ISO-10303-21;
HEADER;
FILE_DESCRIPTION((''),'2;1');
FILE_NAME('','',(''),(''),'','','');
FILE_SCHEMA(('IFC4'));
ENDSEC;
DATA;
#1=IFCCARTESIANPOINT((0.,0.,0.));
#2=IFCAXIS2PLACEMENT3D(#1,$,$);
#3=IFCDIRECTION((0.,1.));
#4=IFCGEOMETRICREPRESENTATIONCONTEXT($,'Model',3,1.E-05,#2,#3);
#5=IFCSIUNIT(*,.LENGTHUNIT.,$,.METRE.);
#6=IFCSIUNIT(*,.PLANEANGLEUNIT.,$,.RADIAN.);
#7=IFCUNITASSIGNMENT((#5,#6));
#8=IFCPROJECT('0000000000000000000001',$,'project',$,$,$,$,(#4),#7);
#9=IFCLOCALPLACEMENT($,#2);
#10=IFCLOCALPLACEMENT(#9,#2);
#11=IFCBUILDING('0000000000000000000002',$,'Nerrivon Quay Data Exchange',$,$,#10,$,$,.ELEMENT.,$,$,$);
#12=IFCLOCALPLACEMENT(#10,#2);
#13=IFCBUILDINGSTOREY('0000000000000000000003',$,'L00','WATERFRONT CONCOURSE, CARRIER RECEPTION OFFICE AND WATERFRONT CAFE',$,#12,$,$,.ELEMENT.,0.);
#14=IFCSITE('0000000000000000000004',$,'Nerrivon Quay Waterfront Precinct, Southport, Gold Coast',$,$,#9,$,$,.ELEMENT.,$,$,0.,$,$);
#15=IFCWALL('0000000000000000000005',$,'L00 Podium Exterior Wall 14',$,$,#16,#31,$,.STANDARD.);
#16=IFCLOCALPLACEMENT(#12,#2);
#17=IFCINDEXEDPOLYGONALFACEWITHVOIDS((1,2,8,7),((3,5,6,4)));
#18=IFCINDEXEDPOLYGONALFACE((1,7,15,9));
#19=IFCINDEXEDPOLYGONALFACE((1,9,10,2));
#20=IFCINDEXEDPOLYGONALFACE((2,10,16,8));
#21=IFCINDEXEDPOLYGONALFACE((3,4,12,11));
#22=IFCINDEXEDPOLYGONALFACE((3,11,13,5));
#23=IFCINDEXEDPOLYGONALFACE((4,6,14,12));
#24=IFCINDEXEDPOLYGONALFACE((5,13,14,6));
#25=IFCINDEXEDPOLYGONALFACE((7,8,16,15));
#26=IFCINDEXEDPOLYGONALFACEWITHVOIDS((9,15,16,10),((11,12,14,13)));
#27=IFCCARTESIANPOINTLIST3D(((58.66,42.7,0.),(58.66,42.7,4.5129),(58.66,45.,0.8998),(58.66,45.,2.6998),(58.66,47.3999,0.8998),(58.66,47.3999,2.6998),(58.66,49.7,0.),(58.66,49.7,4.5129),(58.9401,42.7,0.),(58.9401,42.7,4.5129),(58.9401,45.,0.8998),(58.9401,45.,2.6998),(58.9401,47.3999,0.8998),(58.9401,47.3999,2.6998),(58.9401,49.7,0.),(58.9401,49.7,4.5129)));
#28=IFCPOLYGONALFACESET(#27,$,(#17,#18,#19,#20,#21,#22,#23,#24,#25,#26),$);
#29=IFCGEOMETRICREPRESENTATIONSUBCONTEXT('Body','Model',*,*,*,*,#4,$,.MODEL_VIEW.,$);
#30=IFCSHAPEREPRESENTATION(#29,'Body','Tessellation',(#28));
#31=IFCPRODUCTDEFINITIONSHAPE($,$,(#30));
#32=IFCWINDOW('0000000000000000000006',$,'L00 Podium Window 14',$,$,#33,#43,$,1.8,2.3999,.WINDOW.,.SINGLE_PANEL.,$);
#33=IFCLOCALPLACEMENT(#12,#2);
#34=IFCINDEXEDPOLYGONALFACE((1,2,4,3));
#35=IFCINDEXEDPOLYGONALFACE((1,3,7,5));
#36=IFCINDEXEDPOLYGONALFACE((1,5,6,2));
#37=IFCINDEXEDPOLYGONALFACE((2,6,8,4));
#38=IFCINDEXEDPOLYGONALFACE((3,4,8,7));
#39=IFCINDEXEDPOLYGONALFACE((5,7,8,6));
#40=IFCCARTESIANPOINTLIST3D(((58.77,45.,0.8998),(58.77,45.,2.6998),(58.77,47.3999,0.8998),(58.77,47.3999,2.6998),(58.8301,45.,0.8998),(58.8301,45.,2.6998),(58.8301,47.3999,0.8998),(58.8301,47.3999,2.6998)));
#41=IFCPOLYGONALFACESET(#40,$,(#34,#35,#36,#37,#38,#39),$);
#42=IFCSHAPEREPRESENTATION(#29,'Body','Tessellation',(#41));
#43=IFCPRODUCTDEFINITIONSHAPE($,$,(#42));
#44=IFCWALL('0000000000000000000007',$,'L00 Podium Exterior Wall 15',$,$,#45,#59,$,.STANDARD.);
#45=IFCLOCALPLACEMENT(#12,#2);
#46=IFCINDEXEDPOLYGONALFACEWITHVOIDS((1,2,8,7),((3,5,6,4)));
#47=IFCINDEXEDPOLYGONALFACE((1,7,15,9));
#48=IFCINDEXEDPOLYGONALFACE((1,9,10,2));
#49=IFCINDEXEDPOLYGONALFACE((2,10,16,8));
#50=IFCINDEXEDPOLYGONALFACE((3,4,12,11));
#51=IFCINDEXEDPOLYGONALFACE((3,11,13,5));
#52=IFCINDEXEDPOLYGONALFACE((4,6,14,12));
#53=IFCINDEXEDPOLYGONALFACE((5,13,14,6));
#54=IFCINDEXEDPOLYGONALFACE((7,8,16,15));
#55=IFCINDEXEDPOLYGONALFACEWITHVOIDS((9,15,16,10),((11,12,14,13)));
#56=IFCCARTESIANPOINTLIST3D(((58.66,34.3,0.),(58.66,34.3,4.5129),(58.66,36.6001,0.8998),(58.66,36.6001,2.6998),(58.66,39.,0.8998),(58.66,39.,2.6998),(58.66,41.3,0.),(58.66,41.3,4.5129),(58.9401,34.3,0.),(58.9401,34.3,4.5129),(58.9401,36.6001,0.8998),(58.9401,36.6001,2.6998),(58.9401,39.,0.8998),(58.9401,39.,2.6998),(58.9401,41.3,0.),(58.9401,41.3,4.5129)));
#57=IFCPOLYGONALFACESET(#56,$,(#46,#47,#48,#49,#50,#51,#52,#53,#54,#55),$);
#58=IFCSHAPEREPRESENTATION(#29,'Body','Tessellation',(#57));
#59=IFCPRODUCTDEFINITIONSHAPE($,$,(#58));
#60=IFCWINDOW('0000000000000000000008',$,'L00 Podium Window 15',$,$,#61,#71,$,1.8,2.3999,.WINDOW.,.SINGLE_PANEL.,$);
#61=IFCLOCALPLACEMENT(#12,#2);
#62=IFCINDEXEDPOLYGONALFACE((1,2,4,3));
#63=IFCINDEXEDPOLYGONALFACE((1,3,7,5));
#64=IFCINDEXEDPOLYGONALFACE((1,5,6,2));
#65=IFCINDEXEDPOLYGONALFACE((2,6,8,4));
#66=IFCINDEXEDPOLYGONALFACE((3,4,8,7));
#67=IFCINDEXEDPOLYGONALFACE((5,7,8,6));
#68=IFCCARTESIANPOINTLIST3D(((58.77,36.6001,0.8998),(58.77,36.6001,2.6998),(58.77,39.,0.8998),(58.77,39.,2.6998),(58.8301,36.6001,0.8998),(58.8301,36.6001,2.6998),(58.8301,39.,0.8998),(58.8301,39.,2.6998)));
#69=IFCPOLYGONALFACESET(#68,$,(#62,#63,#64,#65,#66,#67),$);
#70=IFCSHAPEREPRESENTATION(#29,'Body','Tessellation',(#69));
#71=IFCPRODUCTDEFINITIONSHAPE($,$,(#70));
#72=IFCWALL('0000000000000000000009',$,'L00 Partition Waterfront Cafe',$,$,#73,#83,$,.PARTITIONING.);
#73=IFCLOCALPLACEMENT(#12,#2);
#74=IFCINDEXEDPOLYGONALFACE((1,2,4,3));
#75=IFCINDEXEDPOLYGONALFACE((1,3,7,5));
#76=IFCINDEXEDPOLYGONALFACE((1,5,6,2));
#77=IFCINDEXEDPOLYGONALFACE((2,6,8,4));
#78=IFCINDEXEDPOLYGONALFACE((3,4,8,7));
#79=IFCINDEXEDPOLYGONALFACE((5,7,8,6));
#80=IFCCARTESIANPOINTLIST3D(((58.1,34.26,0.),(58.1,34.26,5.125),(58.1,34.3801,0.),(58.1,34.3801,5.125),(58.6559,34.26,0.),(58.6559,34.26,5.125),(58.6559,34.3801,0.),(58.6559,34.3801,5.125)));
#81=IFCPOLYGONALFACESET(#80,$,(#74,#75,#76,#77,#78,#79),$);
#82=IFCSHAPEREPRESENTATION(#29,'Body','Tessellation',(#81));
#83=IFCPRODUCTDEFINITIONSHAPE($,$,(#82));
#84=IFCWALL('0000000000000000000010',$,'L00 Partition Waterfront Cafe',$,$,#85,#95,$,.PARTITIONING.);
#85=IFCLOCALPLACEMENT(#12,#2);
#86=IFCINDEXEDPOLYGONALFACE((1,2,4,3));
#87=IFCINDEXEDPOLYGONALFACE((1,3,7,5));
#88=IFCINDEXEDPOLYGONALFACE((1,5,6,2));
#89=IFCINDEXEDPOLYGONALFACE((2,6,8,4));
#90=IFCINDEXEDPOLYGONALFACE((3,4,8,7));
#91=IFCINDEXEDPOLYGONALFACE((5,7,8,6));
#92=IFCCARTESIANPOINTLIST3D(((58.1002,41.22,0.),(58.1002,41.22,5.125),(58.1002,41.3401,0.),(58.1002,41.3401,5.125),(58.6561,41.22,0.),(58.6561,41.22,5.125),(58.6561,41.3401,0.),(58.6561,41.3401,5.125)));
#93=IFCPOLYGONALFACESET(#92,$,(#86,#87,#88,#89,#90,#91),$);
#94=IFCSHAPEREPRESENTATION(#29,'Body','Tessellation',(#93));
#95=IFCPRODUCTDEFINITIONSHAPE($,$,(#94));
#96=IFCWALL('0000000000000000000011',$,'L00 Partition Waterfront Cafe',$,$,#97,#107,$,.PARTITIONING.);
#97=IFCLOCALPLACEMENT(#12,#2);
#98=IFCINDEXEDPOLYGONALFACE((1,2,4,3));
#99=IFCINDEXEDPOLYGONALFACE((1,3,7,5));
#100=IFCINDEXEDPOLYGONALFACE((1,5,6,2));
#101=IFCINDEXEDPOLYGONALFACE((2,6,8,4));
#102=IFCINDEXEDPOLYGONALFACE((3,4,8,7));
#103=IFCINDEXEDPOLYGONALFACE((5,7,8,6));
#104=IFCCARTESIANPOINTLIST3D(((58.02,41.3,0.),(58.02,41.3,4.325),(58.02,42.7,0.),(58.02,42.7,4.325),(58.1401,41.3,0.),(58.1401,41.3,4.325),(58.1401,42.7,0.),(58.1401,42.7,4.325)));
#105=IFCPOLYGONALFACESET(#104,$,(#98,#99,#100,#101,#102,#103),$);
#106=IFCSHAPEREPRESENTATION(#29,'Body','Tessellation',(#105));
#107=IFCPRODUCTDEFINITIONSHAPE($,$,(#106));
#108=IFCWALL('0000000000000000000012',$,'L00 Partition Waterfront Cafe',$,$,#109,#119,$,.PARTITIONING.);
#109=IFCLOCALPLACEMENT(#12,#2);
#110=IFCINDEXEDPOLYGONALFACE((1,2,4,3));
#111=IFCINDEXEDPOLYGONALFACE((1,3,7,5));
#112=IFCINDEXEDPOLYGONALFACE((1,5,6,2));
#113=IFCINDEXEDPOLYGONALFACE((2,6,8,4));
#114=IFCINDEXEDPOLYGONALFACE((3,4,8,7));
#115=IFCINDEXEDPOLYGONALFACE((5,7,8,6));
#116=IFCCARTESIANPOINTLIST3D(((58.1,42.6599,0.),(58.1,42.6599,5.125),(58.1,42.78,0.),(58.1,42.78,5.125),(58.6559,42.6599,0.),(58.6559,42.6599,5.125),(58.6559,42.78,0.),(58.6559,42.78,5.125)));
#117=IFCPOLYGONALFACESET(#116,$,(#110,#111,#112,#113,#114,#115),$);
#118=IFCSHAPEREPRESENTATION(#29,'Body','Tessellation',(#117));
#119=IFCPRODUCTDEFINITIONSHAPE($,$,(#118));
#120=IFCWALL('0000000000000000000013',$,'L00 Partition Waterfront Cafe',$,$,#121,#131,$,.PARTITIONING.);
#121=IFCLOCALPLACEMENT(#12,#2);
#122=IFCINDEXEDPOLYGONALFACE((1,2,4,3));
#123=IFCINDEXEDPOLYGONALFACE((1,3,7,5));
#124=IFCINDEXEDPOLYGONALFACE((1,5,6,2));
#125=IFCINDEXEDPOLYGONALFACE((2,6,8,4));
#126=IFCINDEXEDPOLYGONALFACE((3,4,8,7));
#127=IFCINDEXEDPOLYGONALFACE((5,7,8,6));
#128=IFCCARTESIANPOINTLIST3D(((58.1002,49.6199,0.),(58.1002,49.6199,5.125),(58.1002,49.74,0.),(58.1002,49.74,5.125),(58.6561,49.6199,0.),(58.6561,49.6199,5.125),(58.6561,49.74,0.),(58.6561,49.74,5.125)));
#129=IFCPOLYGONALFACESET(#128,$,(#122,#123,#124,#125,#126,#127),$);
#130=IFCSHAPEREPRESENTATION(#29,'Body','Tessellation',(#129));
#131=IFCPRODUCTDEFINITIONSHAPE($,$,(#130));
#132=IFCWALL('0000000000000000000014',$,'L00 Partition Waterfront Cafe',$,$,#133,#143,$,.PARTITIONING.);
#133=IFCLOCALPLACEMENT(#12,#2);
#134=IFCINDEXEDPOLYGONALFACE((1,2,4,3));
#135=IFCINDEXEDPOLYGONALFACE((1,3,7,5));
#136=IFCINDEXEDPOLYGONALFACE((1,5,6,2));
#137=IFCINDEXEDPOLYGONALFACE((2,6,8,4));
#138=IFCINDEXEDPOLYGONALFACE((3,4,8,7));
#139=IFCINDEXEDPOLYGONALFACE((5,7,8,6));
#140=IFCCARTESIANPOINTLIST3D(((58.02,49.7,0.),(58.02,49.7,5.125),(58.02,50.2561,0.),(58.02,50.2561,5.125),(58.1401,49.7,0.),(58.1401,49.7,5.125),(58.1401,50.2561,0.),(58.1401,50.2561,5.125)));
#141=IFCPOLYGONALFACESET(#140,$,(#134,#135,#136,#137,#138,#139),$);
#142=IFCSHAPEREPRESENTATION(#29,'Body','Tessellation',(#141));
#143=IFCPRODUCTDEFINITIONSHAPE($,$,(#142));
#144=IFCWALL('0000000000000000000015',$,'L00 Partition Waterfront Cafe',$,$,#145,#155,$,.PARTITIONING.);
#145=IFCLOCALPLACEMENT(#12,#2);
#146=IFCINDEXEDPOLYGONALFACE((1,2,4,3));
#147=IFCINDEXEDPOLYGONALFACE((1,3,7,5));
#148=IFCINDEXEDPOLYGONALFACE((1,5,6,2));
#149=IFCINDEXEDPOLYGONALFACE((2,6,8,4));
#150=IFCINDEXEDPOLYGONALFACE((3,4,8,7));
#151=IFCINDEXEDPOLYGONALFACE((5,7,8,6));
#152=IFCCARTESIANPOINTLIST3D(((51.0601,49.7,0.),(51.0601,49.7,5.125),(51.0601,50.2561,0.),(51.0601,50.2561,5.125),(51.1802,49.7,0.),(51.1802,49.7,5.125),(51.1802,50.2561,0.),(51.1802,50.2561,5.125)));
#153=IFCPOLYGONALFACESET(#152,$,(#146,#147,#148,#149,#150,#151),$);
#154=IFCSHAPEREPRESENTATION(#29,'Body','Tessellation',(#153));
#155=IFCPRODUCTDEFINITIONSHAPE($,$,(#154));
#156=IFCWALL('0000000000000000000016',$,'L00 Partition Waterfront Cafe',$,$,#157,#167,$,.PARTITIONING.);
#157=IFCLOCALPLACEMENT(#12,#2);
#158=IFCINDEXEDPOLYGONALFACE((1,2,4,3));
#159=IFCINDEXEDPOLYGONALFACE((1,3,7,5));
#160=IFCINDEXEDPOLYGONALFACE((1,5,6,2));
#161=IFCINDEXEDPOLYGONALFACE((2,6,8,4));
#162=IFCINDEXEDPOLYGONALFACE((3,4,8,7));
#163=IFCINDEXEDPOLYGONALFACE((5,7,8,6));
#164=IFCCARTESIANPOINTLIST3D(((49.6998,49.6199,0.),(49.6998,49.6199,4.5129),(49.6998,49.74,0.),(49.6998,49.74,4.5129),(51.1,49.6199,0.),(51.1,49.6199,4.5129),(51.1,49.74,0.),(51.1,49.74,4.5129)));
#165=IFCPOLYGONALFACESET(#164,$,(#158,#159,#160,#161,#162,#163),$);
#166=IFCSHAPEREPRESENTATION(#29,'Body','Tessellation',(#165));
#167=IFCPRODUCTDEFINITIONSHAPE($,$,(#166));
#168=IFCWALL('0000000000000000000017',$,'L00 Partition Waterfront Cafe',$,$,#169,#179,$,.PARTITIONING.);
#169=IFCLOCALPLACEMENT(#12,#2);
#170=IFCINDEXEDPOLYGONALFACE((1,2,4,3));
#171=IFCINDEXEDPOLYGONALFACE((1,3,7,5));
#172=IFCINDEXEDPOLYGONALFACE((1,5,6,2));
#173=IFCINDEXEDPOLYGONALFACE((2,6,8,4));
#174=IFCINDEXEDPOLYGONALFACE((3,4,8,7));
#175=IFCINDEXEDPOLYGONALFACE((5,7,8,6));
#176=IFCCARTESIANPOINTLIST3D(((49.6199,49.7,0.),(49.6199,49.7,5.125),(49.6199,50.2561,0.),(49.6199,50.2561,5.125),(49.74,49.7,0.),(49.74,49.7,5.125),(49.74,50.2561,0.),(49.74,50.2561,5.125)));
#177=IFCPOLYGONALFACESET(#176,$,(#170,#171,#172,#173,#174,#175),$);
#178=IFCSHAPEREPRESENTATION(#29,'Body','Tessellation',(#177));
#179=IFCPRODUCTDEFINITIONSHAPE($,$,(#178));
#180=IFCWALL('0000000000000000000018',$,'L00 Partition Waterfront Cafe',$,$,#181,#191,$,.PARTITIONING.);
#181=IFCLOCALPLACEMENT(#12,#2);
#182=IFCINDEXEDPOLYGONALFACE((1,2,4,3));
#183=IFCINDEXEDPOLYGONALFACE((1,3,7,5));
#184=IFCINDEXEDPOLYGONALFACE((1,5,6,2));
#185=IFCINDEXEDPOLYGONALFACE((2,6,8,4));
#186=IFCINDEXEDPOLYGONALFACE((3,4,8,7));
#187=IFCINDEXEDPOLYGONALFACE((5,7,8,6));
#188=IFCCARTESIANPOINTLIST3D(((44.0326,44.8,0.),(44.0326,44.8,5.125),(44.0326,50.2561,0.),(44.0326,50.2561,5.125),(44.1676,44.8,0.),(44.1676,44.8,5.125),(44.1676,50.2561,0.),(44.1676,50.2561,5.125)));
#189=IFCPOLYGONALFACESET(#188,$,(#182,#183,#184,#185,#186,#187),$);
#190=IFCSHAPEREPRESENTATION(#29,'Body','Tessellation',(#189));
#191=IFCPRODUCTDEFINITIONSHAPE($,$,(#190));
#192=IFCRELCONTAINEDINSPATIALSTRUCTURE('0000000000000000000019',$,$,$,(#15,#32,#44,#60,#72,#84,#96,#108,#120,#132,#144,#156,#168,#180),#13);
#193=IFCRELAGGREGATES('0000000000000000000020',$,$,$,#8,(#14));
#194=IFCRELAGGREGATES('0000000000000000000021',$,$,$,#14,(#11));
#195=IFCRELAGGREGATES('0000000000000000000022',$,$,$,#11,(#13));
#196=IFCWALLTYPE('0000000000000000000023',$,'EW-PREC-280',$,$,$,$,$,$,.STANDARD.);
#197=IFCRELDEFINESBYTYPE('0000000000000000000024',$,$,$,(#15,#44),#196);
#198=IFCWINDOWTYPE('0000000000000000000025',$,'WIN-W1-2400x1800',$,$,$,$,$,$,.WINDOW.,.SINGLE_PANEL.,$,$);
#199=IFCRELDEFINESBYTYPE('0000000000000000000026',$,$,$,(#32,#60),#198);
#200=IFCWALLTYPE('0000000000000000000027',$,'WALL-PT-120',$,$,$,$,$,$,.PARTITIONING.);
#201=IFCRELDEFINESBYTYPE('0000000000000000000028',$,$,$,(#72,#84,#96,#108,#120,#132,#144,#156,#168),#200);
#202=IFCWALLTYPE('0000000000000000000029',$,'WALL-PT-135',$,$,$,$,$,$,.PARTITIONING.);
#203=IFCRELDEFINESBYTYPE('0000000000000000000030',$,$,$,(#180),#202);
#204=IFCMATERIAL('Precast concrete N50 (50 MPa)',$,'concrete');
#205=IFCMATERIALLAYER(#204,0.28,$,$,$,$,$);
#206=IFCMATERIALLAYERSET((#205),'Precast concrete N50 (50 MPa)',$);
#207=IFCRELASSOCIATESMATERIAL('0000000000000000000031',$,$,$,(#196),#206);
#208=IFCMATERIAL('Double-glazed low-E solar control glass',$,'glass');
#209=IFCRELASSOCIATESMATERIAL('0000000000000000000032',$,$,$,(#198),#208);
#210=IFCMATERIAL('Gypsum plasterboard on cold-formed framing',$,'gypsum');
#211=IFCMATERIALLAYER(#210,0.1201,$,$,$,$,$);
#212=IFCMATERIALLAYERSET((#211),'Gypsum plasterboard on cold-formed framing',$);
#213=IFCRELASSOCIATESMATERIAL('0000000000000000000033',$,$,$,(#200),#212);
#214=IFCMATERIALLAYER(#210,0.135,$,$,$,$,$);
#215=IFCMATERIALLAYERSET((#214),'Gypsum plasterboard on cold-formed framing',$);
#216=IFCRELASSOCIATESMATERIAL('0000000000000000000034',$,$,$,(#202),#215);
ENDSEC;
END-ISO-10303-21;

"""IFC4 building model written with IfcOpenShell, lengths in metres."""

from ifc_helpers import new_model, si_unit, direction, frame, frame_2d, origin, place, context, subcontext, project, spatial, rectangle, extrude, material, layer, layer_set, type_object, element, fill, save


model = new_model("IFC4")

# Units and contexts
model_context = context("Model", 3, precision=1e-05, world=origin(), true_north=direction((0.0, 1.0)))
body_context = subcontext(model_context, "Body", "Model", "MODEL_VIEW")
ifc_project = project(units=[si_unit("LENGTHUNIT", "METRE"), si_unit("PLANEANGLEUNIT", "RADIAN")], contexts=[model_context])

# Site, building, storey
site_placement = place(None, origin())
site = spatial("IfcSite", under=ifc_project, at=site_placement, Name="Nerrivon Quay Waterfront Precinct, Southport, Gold Coast", CompositionType="ELEMENT", RefElevation=0.0)
building_placement = place(site_placement, origin())
building = spatial("IfcBuilding", under=site, at=building_placement, Name="Nerrivon Quay Data Exchange", CompositionType="ELEMENT")
storey_placement = place(building_placement, origin())
storey = spatial("IfcBuildingStorey", under=building, at=storey_placement, Name="L00", Description="WATERFRONT CONCOURSE, CARRIER RECEPTION OFFICE AND WATERFRONT CAFE", CompositionType="ELEMENT", Elevation=0.0)

# Walls, openings, windows
ifc_material_1 = material(Name="Precast concrete N50 (50 MPa)", Category="concrete")
ifc_layer_1 = layer(ifc_material_1, 0.28)
ifc_layer_set_1 = layer_set([ifc_layer_1], Name="Precast concrete N50 (50 MPa)")
wall_type_1 = type_object("IfcWallType", Name="EW-PREC-280", PredefinedType="STANDARD", material=ifc_layer_set_1)
ifc_material_2 = material(Name="Double-glazed low-E solar control glass", Category="glass")
window_type = type_object("IfcWindowType", Name="WIN-W1-2400x1800", PartitioningType="SINGLE_PANEL", PredefinedType="WINDOW", material=ifc_material_2)
wall_1_placement = place(storey_placement, frame((58.8, 49.7, 0.0), z_axis=(0.0, 0.0, 1.0), x_axis=(0.0, -1.0, 0.0)))
wall_1 = element("IfcWall", 1, at=wall_1_placement, inside=storey, type_object=wall_type_1, Name="L00 Podium Exterior Wall 14", PredefinedType="STANDARD", context=body_context, shape_type="SweptSolid", body=[
    extrude(rectangle(XDim=7.0, YDim=0.28, at=frame_2d((3.5, 0.0))), origin(), (0.0, 0.0, 1.0), 4.5129),
])
opening_1_placement = place(wall_1_placement, frame((2.3, 0.0, 0.8999)))
opening_1 = element("IfcOpeningElement", 2, at=opening_1_placement, cuts=wall_1, PredefinedType="OPENING", context=body_context, shape_type="SweptSolid", body=[
    extrude(rectangle(XDim=2.3999, YDim=1.8, at=frame_2d((1.2, 0.8999))), frame((0.0, 0.1499, 0.0), z_axis=(0.0, -1.0, 0.0), x_axis=(1.0, 0.0, 0.0)), (0.0, 0.0, 1.0), 0.3),
])
window_1_placement = place(opening_1_placement, origin())
window_1 = element("IfcWindow", 3, at=window_1_placement, inside=storey, type_object=window_type, Name="L00 Podium Window 14", OverallHeight=1.8, OverallWidth=2.3999, PartitioningType="SINGLE_PANEL", PredefinedType="WINDOW", context=body_context, shape_type="SweptSolid", body=[
    extrude(rectangle(XDim=2.3999, YDim=1.8, at=frame_2d((1.2, 0.8999))), frame((0.0, 0.03, 0.0), z_axis=(0.0, -1.0, 0.0), x_axis=(1.0, 0.0, 0.0)), (0.0, 0.0, 1.0), 0.0601),
])
fill(opening_1, window_1)
wall_2_placement = place(storey_placement, frame((58.8, 41.3, 0.0), z_axis=(0.0, 0.0, 1.0), x_axis=(0.0, -1.0, 0.0)))
wall_2 = element("IfcWall", 4, at=wall_2_placement, inside=storey, type_object=wall_type_1, Name="L00 Podium Exterior Wall 15", PredefinedType="STANDARD", context=body_context, shape_type="SweptSolid", body=[
    extrude(rectangle(XDim=7.0, YDim=0.28, at=frame_2d((3.5, 0.0))), origin(), (0.0, 0.0, 1.0), 4.5129),
])
opening_2_placement = place(wall_2_placement, frame((2.3, 0.0, 0.8999)))
opening_2 = element("IfcOpeningElement", 5, at=opening_2_placement, cuts=wall_2, PredefinedType="OPENING", context=body_context, shape_type="SweptSolid", body=[
    extrude(rectangle(XDim=2.3999, YDim=1.8, at=frame_2d((1.2, 0.8999))), frame((0.0, 0.1499, 0.0), z_axis=(0.0, -1.0, 0.0), x_axis=(1.0, 0.0, 0.0)), (0.0, 0.0, 1.0), 0.3),
])
window_2_placement = place(opening_2_placement, origin())
window_2 = element("IfcWindow", 6, at=window_2_placement, inside=storey, type_object=window_type, Name="L00 Podium Window 15", OverallHeight=1.8, OverallWidth=2.3999, PartitioningType="SINGLE_PANEL", PredefinedType="WINDOW", context=body_context, shape_type="SweptSolid", body=[
    extrude(rectangle(XDim=2.3999, YDim=1.8, at=frame_2d((1.2, 0.8999))), frame((0.0, 0.03, 0.0), z_axis=(0.0, -1.0, 0.0), x_axis=(1.0, 0.0, 0.0)), (0.0, 0.0, 1.0), 0.0601),
])
fill(opening_2, window_2)

# Walls
ifc_material_3 = material(Name="Gypsum plasterboard on cold-formed framing", Category="gypsum")
ifc_layer_2 = layer(ifc_material_3, 0.1201)
ifc_layer_set_2 = layer_set([ifc_layer_2], Name="Gypsum plasterboard on cold-formed framing")
wall_type_2 = type_object("IfcWallType", Name="WALL-PT-120", PredefinedType="PARTITIONING", material=ifc_layer_set_2)
for number, where, z_axis, x_axis, name in (
    (7, (58.1001, 34.3201, 0.0), (0.0, 0.0, 1.0), (1.0, 0.0, 0.0), "L00 Partition Waterfront Cafe"),
    (8, (58.656, 41.28, 0.0), (0.0, 0.0, 1.0), (-1.0, 0.0, 0.0), "L00 Partition Waterfront Cafe"),
):
    element("IfcWall", number, at=place(storey_placement, frame(where, z_axis=z_axis, x_axis=x_axis)), inside=storey, type_object=wall_type_2, Name=name, PredefinedType="PARTITIONING", context=body_context, shape_type="SweptSolid", body=[
        extrude(rectangle(XDim=0.5559, YDim=0.1201, at=frame_2d((0.2778, 0.0))), origin(), (0.0, 0.0, 1.0), 5.125),
    ])
wall_3_placement = place(storey_placement, frame((58.0801, 41.3, 0.0), z_axis=(0.0, 0.0, 1.0), x_axis=(0.0, 1.0, 0.0)))
element("IfcWall", 9, at=wall_3_placement, inside=storey, type_object=wall_type_2, Name="L00 Partition Waterfront Cafe", PredefinedType="PARTITIONING", context=body_context, shape_type="SweptSolid", body=[
    extrude(rectangle(XDim=1.3999, YDim=0.1201, at=frame_2d((0.7, 0.0))), origin(), (0.0, 0.0, 1.0), 4.325),
])
for number, where, z_axis, x_axis, name in (
    (10, (58.1001, 42.72, 0.0), (0.0, 0.0, 1.0), (1.0, 0.0, 0.0), "L00 Partition Waterfront Cafe"),
    (11, (58.656, 49.6799, 0.0), (0.0, 0.0, 1.0), (-1.0, 0.0, 0.0), "L00 Partition Waterfront Cafe"),
):
    element("IfcWall", number, at=place(storey_placement, frame(where, z_axis=z_axis, x_axis=x_axis)), inside=storey, type_object=wall_type_2, Name=name, PredefinedType="PARTITIONING", context=body_context, shape_type="SweptSolid", body=[
        extrude(rectangle(XDim=0.5559, YDim=0.1201, at=frame_2d((0.2778, 0.0))), origin(), (0.0, 0.0, 1.0), 5.125),
    ])
for number, where, z_axis, x_axis, name in (
    (12, (58.0801, 49.7, 0.0), (0.0, 0.0, 1.0), (0.0, 1.0, 0.0), "L00 Partition Waterfront Cafe"),
    (13, (51.1201, 50.2561, 0.0), (0.0, 0.0, 1.0), (0.0, -1.0, 0.0), "L00 Partition Waterfront Cafe"),
):
    element("IfcWall", number, at=place(storey_placement, frame(where, z_axis=z_axis, x_axis=x_axis)), inside=storey, type_object=wall_type_2, Name=name, PredefinedType="PARTITIONING", context=body_context, shape_type="SweptSolid", body=[
        extrude(rectangle(XDim=0.5562, YDim=0.1201, at=frame_2d((0.2781, 0.0))), origin(), (0.0, 0.0, 1.0), 5.125),
    ])
wall_4_placement = place(storey_placement, frame((51.1001, 49.6799, 0.0), z_axis=(0.0, 0.0, 1.0), x_axis=(-1.0, 0.0, 0.0)))
element("IfcWall", 14, at=wall_4_placement, inside=storey, type_object=wall_type_2, Name="L00 Partition Waterfront Cafe", PredefinedType="PARTITIONING", context=body_context, shape_type="SweptSolid", body=[
    extrude(rectangle(XDim=1.4001, YDim=0.1201, at=frame_2d((0.7002, 0.0))), origin(), (0.0, 0.0, 1.0), 4.5129),
])
wall_5_placement = place(storey_placement, frame((49.6799, 49.7, 0.0), z_axis=(0.0, 0.0, 1.0), x_axis=(0.0, 1.0, 0.0)))
element("IfcWall", 15, at=wall_5_placement, inside=storey, type_object=wall_type_2, Name="L00 Partition Waterfront Cafe", PredefinedType="PARTITIONING", context=body_context, shape_type="SweptSolid", body=[
    extrude(rectangle(XDim=0.5562, YDim=0.1201, at=frame_2d((0.2781, 0.0))), origin(), (0.0, 0.0, 1.0), 5.125),
])
ifc_layer_3 = layer(ifc_material_3, 0.135)
ifc_layer_set_3 = layer_set([ifc_layer_3], Name="Gypsum plasterboard on cold-formed framing")
wall_type_3 = type_object("IfcWallType", Name="WALL-PT-135", PredefinedType="PARTITIONING", material=ifc_layer_set_3)
wall_6_placement = place(storey_placement, frame((44.1001, 50.2561, 0.0), z_axis=(0.0, 0.0, 1.0), x_axis=(0.0, -1.0, 0.0)))
element("IfcWall", 16, at=wall_6_placement, inside=storey, type_object=wall_type_3, Name="L00 Partition Waterfront Cafe", PredefinedType="PARTITIONING", context=body_context, shape_type="SweptSolid", body=[
    extrude(rectangle(XDim=5.4561, YDim=0.135, at=frame_2d((2.728, 0.0))), origin(), (0.0, 0.0, 1.0), 5.125),
])

save(model, "model.ifc")
